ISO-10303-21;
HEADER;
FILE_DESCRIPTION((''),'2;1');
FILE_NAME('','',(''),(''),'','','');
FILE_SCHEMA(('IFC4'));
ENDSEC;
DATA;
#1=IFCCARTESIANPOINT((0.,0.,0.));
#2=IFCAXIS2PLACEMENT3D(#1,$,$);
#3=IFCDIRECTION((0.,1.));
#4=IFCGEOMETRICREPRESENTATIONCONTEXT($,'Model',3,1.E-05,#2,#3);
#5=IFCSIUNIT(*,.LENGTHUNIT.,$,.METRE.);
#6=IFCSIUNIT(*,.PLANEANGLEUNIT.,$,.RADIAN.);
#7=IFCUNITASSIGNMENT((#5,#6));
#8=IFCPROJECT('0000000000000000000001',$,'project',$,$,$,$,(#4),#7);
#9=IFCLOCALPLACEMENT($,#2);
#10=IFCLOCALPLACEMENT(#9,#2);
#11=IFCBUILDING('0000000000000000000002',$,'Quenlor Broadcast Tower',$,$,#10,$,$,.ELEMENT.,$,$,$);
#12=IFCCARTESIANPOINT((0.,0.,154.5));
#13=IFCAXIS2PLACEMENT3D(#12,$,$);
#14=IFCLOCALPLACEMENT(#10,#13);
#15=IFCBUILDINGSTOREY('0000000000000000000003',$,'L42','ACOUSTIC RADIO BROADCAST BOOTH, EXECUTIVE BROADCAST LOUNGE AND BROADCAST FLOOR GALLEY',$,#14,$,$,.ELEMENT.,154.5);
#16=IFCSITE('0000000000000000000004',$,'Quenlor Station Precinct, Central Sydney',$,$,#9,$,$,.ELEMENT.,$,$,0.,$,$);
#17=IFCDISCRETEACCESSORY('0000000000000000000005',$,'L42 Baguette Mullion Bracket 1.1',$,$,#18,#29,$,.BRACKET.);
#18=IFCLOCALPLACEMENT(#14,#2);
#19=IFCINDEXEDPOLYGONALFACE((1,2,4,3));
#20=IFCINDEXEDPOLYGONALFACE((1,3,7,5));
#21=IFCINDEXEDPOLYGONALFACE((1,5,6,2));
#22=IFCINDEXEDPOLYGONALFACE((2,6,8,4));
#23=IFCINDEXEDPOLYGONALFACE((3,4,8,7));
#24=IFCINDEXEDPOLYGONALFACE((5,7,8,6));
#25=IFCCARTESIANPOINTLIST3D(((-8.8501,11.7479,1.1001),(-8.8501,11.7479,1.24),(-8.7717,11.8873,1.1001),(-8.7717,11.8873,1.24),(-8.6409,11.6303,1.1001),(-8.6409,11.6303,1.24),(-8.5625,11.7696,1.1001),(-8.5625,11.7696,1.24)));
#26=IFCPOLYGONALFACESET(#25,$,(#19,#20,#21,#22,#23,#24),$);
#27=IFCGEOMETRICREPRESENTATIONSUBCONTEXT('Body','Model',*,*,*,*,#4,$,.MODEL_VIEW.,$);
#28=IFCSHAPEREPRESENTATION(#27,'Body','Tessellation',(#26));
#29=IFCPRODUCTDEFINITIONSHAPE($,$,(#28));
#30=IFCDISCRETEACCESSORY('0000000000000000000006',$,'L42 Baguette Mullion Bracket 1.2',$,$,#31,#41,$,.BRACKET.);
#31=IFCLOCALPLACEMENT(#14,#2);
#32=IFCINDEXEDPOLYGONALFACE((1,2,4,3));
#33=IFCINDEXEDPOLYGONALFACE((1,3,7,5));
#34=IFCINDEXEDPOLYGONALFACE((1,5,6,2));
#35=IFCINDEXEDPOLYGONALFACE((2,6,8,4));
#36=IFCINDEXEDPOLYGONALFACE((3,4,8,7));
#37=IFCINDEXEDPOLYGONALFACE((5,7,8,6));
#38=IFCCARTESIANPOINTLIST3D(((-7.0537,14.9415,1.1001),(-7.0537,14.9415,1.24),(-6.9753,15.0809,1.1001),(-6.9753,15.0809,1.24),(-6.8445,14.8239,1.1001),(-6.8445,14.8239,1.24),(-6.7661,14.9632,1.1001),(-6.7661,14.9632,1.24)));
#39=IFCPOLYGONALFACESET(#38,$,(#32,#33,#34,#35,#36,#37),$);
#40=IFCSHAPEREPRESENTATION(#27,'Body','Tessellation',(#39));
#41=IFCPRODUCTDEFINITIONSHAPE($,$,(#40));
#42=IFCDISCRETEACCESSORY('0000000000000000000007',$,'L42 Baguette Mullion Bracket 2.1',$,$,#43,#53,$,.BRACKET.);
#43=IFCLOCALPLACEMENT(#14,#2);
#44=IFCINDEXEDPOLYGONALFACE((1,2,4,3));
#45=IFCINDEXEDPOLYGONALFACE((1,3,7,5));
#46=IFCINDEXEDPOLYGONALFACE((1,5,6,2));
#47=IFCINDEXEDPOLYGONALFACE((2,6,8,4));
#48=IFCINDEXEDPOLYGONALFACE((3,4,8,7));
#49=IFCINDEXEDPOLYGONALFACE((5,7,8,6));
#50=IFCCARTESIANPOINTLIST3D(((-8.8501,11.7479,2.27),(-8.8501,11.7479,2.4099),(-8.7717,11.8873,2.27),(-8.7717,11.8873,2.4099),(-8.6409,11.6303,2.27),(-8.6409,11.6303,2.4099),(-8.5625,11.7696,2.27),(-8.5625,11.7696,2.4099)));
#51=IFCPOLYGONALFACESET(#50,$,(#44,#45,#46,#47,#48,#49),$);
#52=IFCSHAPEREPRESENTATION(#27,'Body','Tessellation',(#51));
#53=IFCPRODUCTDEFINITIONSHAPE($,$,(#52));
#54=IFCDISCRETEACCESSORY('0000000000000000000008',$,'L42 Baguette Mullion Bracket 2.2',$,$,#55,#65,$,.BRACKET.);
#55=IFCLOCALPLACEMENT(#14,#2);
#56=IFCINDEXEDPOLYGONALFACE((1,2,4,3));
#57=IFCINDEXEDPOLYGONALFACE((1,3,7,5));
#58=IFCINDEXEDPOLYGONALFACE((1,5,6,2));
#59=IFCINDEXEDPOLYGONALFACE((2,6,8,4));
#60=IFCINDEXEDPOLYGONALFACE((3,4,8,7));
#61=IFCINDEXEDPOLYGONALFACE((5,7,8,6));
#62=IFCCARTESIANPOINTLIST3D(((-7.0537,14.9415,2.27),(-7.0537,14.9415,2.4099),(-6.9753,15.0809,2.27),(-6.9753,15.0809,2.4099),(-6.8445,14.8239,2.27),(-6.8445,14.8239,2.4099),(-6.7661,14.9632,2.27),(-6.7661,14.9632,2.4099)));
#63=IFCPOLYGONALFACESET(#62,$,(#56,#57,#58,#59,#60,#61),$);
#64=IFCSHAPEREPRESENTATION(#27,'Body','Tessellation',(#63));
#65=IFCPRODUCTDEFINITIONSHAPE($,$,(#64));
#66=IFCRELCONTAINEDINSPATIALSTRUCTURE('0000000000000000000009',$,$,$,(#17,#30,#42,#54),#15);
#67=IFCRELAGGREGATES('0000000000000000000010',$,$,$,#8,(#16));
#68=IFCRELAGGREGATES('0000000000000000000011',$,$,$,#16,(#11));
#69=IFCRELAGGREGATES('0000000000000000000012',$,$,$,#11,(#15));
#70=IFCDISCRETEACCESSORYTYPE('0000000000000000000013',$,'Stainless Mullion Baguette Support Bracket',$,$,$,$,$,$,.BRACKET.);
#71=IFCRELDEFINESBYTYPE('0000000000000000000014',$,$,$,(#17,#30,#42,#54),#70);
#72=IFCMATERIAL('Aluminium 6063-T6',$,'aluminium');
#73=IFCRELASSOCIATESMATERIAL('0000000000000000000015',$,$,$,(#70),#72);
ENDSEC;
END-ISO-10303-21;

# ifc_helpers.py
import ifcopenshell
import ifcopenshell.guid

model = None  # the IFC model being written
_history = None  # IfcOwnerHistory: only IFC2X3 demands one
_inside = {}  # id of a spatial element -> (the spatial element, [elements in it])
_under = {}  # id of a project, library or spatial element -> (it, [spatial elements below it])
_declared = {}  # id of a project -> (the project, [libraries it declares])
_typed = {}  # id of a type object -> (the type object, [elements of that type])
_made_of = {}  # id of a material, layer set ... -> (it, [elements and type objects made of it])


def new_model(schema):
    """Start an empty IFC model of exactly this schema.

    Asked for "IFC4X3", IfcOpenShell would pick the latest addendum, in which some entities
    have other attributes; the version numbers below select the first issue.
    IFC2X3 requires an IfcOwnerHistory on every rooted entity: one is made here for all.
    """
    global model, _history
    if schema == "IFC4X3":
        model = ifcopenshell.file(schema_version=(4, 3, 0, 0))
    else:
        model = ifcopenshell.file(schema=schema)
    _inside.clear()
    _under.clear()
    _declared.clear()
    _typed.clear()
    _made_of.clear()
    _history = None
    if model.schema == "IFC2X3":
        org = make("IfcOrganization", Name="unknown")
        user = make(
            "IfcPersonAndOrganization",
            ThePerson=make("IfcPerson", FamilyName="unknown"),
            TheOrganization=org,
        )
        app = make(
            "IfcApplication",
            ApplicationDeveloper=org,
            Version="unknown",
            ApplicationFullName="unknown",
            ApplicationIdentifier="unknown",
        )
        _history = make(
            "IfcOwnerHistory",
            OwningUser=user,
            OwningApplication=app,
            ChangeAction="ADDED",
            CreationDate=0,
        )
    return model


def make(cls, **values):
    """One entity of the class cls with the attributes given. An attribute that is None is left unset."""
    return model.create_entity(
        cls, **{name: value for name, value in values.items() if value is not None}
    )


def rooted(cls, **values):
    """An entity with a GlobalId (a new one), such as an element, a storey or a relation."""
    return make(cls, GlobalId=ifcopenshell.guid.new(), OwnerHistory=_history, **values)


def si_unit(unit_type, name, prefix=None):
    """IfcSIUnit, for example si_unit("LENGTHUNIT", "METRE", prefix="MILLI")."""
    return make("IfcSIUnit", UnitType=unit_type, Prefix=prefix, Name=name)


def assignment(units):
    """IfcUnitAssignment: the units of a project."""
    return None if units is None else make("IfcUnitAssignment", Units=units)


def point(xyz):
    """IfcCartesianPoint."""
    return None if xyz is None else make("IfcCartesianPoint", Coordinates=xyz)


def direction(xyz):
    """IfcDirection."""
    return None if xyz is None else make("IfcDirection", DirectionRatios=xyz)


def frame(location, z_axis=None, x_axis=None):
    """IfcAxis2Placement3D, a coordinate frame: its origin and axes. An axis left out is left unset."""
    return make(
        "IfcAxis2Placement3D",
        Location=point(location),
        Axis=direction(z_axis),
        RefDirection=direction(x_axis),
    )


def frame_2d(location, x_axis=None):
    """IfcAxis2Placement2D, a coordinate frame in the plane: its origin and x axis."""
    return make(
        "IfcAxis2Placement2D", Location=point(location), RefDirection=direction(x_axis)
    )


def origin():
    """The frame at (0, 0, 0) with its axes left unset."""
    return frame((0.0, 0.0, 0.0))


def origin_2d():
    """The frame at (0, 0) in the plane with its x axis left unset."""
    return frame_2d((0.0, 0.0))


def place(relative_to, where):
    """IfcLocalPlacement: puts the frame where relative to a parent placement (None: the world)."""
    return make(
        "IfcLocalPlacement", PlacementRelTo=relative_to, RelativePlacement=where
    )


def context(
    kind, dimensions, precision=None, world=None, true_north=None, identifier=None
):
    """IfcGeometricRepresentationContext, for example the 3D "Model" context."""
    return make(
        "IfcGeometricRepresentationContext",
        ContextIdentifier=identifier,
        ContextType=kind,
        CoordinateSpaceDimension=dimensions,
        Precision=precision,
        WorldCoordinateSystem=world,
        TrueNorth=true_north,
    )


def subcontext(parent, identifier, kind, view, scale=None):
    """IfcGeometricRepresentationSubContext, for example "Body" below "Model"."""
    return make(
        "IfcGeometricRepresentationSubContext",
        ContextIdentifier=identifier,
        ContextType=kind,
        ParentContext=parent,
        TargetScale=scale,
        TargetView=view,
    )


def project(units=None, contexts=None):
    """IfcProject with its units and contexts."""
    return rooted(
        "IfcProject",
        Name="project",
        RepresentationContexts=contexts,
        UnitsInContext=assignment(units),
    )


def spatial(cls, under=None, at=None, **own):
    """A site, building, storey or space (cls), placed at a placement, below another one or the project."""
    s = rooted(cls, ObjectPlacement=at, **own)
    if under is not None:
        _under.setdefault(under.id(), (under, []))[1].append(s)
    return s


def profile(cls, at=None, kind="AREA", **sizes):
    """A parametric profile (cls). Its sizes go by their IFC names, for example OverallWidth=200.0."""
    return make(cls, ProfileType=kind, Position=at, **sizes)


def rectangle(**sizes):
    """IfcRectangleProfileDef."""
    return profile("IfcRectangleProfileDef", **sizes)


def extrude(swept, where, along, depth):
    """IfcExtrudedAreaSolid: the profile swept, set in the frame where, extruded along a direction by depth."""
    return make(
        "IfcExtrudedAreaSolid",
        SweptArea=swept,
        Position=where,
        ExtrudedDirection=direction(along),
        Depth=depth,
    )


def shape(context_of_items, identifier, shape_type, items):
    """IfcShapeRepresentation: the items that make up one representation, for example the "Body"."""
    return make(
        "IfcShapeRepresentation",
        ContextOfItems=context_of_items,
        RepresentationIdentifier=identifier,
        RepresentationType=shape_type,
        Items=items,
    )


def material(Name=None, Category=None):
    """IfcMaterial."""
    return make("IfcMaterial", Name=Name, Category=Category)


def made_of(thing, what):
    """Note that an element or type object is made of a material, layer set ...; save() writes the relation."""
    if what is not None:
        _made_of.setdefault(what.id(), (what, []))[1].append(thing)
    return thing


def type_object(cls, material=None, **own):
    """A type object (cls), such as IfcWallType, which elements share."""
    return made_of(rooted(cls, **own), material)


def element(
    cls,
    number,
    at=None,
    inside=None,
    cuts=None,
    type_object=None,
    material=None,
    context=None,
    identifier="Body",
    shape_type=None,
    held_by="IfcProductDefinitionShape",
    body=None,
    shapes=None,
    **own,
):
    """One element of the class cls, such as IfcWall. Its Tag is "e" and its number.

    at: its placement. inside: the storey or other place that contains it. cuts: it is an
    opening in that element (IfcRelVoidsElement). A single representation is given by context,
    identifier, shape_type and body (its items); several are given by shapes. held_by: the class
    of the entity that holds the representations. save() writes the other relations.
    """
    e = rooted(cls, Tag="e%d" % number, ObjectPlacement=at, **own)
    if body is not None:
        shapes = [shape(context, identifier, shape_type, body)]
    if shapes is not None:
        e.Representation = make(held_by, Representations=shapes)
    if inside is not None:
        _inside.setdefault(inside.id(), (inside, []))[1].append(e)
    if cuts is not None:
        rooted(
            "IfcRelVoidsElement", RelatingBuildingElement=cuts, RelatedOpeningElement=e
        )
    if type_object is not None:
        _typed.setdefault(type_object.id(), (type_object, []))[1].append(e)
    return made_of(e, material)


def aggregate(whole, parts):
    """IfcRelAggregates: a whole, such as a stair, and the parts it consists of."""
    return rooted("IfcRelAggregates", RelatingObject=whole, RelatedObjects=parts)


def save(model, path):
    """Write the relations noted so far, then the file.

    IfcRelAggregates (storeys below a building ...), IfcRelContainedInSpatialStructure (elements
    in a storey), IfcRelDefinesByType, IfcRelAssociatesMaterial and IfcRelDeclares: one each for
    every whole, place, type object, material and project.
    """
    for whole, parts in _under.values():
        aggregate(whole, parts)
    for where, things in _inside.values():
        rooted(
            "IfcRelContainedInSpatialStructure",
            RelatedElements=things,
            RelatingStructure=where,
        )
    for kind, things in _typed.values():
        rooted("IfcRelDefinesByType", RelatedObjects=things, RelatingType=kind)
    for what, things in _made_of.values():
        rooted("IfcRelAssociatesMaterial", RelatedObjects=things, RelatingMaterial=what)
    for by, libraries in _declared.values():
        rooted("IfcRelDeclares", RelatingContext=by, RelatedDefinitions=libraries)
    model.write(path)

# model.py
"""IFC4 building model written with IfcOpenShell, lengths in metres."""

from ifc_helpers import new_model, si_unit, direction, frame, origin, origin_2d, place, context, subcontext, project, spatial, rectangle, extrude, material, type_object, element, save


model = new_model("IFC4")

# Units and contexts
model_context = context("Model", 3, precision=1e-05, world=origin(), true_north=direction((0.0, 1.0)))
body_context = subcontext(model_context, "Body", "Model", "MODEL_VIEW")
ifc_project = project(units=[si_unit("LENGTHUNIT", "METRE"), si_unit("PLANEANGLEUNIT", "RADIAN")], contexts=[model_context])

# Site, building, storey
site_placement = place(None, origin())
site = spatial("IfcSite", under=ifc_project, at=site_placement, Name="Quenlor Station Precinct, Central Sydney", CompositionType="ELEMENT", RefElevation=0.0)
building_placement = place(site_placement, origin())
building = spatial("IfcBuilding", under=site, at=building_placement, Name="Quenlor Broadcast Tower", CompositionType="ELEMENT")
storey_placement = place(building_placement, frame((0.0, 0.0, 154.5)))
storey = spatial("IfcBuildingStorey", under=building, at=storey_placement, Name="L42", Description="ACOUSTIC RADIO BROADCAST BOOTH, EXECUTIVE BROADCAST LOUNGE AND BROADCAST FLOOR GALLEY", CompositionType="ELEMENT", Elevation=154.5)

# Discrete accessories
ifc_material_1 = material(Name="Aluminium 6063-T6", Category="aluminium")
discrete_accessory_type = type_object("IfcDiscreteAccessoryType", Name="Stainless Mullion Baguette Support Bracket", PredefinedType="BRACKET", material=ifc_material_1)
for number, where, z_axis, x_axis, name in (
    (1, (-8.7063, 11.7588, 1.1001), (0.0, 0.0, 1.0), (0.49027, 0.871571, 0.0), "L42 Baguette Mullion Bracket 1.1"),
    (2, (-6.9099, 14.9524, 1.1001), (0.0, 0.0, 1.0), (0.49027, 0.871571, 0.0), "L42 Baguette Mullion Bracket 1.2"),
    (3, (-8.7063, 11.7588, 2.27), (0.0, 0.0, 1.0), (0.49027, 0.871571, 0.0), "L42 Baguette Mullion Bracket 2.1"),
    (4, (-6.9099, 14.9524, 2.27), (0.0, 0.0, 1.0), (0.49027, 0.871571, 0.0), "L42 Baguette Mullion Bracket 2.2"),
):
    element("IfcDiscreteAccessory", number, at=place(storey_placement, frame(where, z_axis=z_axis, x_axis=x_axis)), inside=storey, type_object=discrete_accessory_type, Name=name, PredefinedType="BRACKET", context=body_context, shape_type="SweptSolid", body=[
        extrude(rectangle(XDim=0.1599, YDim=0.24, at=origin_2d()), origin(), (0.0, 0.0, 1.0), 0.1399),
    ])

save(model, "model.ifc")
